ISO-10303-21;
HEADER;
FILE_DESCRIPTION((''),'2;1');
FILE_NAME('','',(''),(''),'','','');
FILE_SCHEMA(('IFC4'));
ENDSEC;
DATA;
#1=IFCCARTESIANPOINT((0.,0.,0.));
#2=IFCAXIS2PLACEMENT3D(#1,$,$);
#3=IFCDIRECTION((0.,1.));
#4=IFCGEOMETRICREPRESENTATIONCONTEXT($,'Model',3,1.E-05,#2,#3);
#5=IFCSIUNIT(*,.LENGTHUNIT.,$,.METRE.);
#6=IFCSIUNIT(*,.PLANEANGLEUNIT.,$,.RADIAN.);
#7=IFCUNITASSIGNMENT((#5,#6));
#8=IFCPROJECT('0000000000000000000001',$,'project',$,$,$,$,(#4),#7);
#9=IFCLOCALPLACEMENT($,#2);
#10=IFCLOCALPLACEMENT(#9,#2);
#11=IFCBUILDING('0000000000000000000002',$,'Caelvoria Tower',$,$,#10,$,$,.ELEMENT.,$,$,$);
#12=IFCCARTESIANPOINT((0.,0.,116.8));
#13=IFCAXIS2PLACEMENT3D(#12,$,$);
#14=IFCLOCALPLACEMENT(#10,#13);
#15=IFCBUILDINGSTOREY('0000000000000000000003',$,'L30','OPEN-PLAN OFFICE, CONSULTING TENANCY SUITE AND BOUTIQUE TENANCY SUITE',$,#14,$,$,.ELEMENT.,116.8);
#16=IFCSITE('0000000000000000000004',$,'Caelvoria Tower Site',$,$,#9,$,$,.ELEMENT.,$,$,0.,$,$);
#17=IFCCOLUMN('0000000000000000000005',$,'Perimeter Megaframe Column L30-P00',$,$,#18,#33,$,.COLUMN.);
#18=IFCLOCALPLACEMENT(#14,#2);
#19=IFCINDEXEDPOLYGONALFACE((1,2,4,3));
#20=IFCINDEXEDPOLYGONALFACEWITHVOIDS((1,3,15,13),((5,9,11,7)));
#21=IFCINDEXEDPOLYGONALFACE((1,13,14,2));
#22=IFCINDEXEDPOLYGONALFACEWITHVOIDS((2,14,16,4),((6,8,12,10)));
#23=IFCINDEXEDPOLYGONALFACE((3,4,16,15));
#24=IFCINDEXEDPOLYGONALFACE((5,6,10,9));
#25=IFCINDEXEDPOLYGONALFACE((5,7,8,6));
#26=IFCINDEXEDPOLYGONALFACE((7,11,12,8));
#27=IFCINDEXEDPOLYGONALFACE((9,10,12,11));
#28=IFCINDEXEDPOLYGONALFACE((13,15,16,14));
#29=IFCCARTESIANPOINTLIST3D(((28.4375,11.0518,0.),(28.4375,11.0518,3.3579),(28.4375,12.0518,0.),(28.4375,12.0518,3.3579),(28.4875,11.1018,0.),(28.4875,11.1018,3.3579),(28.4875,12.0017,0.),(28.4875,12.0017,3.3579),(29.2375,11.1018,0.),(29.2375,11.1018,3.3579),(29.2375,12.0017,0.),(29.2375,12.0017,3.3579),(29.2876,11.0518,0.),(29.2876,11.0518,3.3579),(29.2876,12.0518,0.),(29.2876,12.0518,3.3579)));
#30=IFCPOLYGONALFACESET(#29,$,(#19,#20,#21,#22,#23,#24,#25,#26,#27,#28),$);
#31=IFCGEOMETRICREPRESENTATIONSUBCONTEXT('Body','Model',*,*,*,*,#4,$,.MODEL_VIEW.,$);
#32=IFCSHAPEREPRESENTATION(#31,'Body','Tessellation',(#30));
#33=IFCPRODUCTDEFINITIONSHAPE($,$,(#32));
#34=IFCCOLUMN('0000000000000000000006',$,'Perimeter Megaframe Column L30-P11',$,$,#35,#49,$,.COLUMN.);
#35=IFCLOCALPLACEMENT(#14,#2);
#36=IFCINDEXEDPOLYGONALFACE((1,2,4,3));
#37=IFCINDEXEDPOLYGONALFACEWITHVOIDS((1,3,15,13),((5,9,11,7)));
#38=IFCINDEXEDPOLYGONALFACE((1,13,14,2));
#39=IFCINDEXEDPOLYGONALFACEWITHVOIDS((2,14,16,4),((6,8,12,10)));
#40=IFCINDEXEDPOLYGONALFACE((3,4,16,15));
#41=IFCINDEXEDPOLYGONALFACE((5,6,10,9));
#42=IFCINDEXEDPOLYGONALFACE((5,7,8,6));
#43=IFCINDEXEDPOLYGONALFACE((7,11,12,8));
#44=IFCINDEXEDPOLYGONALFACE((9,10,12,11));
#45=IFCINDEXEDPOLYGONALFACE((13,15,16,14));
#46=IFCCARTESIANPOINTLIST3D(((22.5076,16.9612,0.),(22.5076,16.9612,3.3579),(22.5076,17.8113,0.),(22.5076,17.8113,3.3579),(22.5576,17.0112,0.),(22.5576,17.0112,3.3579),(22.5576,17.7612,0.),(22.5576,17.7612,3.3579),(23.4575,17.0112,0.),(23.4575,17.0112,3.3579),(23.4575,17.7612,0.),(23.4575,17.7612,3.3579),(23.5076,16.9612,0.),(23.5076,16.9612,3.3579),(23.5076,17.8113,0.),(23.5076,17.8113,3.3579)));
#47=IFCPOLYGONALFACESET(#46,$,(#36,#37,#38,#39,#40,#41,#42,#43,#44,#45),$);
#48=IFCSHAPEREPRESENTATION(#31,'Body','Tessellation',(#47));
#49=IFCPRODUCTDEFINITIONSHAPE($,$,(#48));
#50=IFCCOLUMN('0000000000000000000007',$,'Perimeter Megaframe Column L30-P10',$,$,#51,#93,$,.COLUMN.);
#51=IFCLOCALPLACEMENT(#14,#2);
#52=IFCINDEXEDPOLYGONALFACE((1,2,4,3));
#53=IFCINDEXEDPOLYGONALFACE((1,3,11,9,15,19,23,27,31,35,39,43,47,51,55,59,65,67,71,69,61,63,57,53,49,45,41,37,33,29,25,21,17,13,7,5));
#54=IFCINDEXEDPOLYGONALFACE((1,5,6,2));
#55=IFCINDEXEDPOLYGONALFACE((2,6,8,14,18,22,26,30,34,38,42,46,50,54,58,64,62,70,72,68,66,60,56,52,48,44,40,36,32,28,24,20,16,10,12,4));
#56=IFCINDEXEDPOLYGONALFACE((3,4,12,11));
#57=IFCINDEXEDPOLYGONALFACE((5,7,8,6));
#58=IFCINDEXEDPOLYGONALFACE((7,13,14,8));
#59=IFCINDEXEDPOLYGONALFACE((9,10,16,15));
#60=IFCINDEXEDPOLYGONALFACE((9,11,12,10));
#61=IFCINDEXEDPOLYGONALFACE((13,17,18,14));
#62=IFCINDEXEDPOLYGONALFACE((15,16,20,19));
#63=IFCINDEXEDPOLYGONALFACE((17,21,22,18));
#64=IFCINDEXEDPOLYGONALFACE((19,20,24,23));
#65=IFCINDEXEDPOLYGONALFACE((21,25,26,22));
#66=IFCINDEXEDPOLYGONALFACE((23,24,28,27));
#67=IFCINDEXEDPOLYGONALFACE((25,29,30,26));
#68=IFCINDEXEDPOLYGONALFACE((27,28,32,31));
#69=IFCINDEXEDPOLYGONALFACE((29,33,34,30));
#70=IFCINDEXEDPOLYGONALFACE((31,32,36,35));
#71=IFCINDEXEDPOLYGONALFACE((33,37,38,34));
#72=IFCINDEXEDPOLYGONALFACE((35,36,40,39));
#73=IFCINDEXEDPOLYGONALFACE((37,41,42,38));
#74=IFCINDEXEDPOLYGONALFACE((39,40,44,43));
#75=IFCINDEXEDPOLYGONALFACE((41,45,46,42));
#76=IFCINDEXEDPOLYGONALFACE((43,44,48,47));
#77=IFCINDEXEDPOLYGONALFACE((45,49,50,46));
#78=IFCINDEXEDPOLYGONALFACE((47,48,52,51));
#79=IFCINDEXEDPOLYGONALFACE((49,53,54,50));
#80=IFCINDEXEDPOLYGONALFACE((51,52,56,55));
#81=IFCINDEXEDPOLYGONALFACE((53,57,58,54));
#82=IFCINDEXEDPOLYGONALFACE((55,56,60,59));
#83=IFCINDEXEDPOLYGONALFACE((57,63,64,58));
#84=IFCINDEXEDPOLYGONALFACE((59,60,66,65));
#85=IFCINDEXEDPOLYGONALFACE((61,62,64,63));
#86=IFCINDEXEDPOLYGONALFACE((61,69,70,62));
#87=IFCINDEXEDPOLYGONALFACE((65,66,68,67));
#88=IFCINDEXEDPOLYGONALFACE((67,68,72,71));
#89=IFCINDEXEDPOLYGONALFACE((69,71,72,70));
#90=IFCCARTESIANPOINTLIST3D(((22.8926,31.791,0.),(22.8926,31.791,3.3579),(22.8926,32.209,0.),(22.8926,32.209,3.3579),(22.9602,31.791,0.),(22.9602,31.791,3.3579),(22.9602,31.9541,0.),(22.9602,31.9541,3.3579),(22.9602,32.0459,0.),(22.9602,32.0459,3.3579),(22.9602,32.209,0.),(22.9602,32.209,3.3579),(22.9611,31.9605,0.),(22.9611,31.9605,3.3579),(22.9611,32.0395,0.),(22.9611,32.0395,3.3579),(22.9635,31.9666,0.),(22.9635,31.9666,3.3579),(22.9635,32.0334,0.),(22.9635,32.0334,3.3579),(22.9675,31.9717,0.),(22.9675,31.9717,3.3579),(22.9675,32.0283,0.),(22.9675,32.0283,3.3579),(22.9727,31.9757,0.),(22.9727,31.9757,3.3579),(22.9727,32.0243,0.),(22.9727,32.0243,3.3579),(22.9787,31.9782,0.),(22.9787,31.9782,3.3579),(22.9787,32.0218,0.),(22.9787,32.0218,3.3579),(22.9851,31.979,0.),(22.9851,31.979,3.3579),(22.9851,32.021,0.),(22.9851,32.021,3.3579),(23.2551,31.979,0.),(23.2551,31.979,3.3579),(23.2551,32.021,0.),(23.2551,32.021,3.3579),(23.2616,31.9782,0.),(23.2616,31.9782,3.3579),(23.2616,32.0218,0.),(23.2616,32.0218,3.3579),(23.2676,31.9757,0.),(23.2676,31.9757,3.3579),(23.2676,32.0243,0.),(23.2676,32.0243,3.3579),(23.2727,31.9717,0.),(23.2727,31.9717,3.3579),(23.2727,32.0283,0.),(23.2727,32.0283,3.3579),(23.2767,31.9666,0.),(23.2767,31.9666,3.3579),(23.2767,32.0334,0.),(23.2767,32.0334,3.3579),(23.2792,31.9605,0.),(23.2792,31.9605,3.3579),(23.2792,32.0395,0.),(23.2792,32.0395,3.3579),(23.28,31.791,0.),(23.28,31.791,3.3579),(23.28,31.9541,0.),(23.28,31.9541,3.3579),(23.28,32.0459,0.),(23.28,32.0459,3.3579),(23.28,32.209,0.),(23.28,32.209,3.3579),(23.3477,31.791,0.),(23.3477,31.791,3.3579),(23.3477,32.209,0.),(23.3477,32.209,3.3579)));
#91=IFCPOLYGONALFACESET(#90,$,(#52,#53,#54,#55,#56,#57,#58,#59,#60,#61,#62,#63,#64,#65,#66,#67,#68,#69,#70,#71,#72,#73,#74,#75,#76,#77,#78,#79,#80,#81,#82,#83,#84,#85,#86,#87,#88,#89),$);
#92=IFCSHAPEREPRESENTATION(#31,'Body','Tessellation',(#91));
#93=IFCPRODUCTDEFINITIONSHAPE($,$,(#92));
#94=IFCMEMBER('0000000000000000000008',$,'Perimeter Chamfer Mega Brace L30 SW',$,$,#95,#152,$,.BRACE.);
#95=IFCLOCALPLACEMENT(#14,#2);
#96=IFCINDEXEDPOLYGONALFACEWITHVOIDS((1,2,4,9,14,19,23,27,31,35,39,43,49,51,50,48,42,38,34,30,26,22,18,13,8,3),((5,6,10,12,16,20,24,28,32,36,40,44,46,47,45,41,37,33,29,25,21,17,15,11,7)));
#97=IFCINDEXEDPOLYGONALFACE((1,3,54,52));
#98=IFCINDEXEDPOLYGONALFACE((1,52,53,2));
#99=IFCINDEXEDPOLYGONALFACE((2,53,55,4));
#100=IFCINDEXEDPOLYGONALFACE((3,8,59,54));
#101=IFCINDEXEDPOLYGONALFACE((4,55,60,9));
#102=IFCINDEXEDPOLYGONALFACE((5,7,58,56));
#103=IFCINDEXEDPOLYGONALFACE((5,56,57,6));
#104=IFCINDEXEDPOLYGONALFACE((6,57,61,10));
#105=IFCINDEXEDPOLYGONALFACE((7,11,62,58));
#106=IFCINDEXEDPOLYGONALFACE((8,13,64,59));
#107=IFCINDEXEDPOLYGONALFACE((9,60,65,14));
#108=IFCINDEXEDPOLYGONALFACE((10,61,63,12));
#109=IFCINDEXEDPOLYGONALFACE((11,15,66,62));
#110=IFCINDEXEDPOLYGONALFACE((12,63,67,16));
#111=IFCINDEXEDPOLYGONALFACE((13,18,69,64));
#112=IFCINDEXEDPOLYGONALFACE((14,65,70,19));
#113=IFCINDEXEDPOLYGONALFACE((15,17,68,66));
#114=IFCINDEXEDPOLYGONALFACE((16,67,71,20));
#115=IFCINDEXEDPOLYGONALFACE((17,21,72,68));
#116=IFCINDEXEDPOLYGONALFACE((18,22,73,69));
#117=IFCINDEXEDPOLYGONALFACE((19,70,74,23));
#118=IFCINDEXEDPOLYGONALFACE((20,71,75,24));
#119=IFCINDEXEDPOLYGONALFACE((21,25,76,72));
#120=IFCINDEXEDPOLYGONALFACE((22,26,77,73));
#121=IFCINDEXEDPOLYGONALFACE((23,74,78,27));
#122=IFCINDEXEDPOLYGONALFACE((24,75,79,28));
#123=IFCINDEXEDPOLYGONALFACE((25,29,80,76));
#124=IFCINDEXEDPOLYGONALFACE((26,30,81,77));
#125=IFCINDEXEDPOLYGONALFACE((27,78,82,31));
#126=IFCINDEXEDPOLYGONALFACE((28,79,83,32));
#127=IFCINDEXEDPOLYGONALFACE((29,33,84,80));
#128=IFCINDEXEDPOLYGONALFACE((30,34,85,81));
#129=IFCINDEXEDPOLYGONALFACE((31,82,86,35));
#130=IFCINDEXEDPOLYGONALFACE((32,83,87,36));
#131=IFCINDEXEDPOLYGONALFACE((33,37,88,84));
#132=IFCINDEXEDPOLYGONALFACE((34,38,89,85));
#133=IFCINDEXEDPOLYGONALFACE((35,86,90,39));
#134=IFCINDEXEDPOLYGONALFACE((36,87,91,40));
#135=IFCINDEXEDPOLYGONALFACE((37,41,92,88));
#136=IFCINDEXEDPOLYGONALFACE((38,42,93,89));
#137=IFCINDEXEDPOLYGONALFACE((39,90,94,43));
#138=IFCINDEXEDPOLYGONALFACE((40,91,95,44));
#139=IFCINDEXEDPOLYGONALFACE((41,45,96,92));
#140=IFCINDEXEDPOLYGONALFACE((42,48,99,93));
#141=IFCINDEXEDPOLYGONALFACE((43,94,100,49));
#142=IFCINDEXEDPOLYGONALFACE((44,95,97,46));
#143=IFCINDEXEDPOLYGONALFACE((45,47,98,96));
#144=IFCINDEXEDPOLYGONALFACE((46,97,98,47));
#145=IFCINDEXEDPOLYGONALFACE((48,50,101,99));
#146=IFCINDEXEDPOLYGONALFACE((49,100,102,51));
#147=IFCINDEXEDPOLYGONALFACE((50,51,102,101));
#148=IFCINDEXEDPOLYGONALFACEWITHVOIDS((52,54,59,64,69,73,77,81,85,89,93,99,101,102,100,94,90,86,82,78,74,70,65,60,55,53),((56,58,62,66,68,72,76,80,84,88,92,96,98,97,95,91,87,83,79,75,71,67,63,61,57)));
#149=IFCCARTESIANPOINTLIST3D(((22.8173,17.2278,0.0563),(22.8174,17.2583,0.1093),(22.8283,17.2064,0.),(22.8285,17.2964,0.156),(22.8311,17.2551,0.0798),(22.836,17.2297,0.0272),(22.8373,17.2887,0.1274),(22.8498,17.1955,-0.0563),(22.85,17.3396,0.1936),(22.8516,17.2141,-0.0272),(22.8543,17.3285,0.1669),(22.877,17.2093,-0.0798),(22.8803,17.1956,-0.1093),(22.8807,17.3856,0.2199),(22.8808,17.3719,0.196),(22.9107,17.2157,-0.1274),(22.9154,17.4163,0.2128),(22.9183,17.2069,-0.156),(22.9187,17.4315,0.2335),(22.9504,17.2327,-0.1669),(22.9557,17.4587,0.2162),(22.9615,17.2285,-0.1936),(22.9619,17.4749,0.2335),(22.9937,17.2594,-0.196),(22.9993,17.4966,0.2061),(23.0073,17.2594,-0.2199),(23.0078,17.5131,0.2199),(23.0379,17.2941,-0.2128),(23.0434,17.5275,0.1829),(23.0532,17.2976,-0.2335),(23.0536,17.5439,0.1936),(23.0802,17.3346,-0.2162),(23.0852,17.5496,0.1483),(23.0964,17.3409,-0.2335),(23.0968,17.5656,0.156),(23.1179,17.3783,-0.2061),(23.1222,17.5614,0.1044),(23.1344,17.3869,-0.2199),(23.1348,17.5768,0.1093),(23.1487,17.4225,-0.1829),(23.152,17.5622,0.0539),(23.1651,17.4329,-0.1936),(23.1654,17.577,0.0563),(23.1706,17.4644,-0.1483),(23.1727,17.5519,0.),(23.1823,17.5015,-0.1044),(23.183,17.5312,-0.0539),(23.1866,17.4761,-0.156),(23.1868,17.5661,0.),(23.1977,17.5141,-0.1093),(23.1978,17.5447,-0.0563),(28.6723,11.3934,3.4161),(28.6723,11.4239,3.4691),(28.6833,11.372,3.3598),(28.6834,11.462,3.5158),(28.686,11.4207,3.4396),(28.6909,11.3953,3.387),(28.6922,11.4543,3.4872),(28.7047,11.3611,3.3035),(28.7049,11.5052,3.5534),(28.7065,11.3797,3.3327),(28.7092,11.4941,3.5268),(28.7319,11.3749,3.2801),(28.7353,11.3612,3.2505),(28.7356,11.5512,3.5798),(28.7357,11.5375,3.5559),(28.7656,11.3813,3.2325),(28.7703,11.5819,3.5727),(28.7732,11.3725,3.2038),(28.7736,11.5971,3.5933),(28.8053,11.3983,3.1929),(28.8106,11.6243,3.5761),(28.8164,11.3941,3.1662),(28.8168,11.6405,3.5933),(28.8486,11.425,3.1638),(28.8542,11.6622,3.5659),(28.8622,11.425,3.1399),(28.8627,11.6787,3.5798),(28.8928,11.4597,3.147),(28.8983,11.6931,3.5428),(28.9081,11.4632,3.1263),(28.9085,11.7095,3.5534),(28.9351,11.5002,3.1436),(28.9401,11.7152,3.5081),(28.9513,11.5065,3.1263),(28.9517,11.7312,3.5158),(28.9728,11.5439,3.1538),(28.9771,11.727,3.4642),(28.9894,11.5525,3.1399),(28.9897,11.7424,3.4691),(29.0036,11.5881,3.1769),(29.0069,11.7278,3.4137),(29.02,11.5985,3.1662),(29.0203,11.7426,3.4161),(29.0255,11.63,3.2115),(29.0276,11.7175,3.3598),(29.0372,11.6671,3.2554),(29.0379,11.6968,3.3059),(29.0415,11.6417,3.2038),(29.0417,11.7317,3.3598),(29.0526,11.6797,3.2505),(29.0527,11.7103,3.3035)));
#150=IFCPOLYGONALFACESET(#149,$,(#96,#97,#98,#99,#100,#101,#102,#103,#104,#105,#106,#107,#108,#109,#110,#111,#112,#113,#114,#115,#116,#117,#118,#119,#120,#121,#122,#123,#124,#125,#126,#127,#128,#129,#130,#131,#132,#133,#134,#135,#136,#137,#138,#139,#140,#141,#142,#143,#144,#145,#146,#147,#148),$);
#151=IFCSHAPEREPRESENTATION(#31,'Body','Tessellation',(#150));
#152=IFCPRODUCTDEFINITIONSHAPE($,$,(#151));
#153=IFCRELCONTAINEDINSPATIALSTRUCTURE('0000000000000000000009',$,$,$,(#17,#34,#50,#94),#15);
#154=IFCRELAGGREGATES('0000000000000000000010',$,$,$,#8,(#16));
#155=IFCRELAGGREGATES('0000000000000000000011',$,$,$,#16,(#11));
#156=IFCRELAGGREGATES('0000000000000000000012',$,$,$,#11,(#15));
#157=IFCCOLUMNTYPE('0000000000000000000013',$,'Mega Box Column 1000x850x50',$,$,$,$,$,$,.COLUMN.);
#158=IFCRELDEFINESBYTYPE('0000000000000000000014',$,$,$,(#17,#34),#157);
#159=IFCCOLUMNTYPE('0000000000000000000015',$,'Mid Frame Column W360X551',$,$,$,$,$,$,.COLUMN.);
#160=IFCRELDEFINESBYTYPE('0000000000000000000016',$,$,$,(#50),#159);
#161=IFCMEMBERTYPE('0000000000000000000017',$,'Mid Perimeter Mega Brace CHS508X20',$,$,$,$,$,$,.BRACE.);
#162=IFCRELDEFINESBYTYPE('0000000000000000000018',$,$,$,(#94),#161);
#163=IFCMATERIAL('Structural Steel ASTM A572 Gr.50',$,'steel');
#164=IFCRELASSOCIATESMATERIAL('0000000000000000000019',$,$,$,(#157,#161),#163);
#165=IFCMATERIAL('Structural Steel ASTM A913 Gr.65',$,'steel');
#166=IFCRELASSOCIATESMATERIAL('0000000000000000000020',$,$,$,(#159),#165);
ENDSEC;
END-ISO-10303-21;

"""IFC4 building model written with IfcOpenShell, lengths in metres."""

from ifc_helpers import new_model, si_unit, direction, frame, origin, origin_2d, place, context, subcontext, project, spatial, hollow_rectangle, hollow_circle, i_section, extrude, material, material_profile, profile_set, type_object, element, save


model = new_model("IFC4")

# Units and contexts
model_context = context("Model", 3, precision=1e-05, world=origin(), true_north=direction((0.0, 1.0)))
body_context = subcontext(model_context, "Body", "Model", "MODEL_VIEW")
ifc_project = project(units=[si_unit("LENGTHUNIT", "METRE"), si_unit("PLANEANGLEUNIT", "RADIAN")], contexts=[model_context])

# Site, building, storey
site_placement = place(None, origin())
site = spatial("IfcSite", under=ifc_project, at=site_placement, Name="Caelvoria Tower Site", CompositionType="ELEMENT", RefElevation=0.0)
building_placement = place(site_placement, origin())
building = spatial("IfcBuilding", under=site, at=building_placement, Name="Caelvoria Tower", CompositionType="ELEMENT")
storey_placement = place(building_placement, frame((0.0, 0.0, 116.8)))
storey = spatial("IfcBuildingStorey", under=building, at=storey_placement, Name="L30", Description="OPEN-PLAN OFFICE, CONSULTING TENANCY SUITE AND BOUTIQUE TENANCY SUITE", CompositionType="ELEMENT", Elevation=116.8)

# Columns
ifc_material_1 = material(Name="Structural Steel ASTM A572 Gr.50", Category="steel")
ifc_material_profile_1 = material_profile(ifc_material_1, hollow_rectangle(XDim=0.8501, YDim=1.0, WallThickness=0.05, at=origin_2d()), Name="Structural Steel ASTM A572 Gr.50")
ifc_profile_set_1 = profile_set([ifc_material_profile_1], Name="BOX1000X850X50 - Structural Steel ASTM A572 Gr.50")
column_type_1 = type_object("IfcColumnType", Name="Mega Box Column 1000x850x50", PredefinedType="COLUMN", material=ifc_profile_set_1)
for number, where, z_axis, x_axis, name in (
    (1, (28.8625, 11.5518, 0.0), (0.0, 0.0, 1.0), (1.0, 0.0, 0.0), "Perimeter Megaframe Column L30-P00"),
    (2, (23.0076, 17.3862, 0.0), (0.0, 0.0, 1.0), (0.0, 1.0, 0.0), "Perimeter Megaframe Column L30-P11"),
):
    element("IfcColumn", number, at=place(storey_placement, frame(where, z_axis=z_axis, x_axis=x_axis)), inside=storey, type_object=column_type_1, Name=name, PredefinedType="COLUMN", context=body_context, shape_type="SweptSolid", body=[
        extrude(hollow_rectangle(XDim=0.8501, YDim=1.0, WallThickness=0.05, at=origin_2d()), origin(), (0.0, 0.0, 1.0), 3.3579),
    ])
ifc_material_2 = material(Name="Structural Steel ASTM A913 Gr.65", Category="steel")
ifc_material_profile_2 = material_profile(ifc_material_2, i_section(OverallWidth=0.418, OverallDepth=0.4551, WebThickness=0.042, FlangeThickness=0.0676, FilletRadius=0.0249, at=origin_2d()), Name="Structural Steel ASTM A913 Gr.65")
ifc_profile_set_2 = profile_set([ifc_material_profile_2], Name="W360X551 - Structural Steel ASTM A913 Gr.65")
column_type_2 = type_object("IfcColumnType", Name="Mid Frame Column W360X551", PredefinedType="COLUMN", material=ifc_profile_set_2)
column_placement = place(storey_placement, frame((23.1201, 32.0, 0.0), z_axis=(0.0, 0.0, 1.0), x_axis=(0.0, 1.0, 0.0)))
element("IfcColumn", 3, at=column_placement, inside=storey, type_object=column_type_2, Name="Perimeter Megaframe Column L30-P10", PredefinedType="COLUMN", context=body_context, shape_type="SweptSolid", body=[
    extrude(i_section(OverallWidth=0.418, OverallDepth=0.4551, WebThickness=0.042, FlangeThickness=0.0676, FilletRadius=0.0249, at=origin_2d()), origin(), (0.0, 0.0, 1.0), 3.3579),
])

# Member
ifc_material_profile_3 = material_profile(ifc_material_1, hollow_circle(Radius=0.2539, WallThickness=0.02, at=origin_2d()), Name="Structural Steel ASTM A572 Gr.50")
ifc_profile_set_3 = profile_set([ifc_material_profile_3], Name="CHS508X20 - Structural Steel ASTM A572 Gr.50")
member_type = type_object("IfcMemberType", Name="Mid Perimeter Mega Brace CHS508X20", PredefinedType="BRACE", material=ifc_profile_set_3)
member_1_placement = place(storey_placement, frame((23.0076, 17.3862, 0.0), z_axis=(0.656206, -0.653907, 0.376562), x_axis=(0.705865, 0.708346, 0.0)))
element("IfcMember", 4, at=member_1_placement, inside=storey, type_object=member_type, Name="Perimeter Chamfer Mega Brace L30 SW", PredefinedType="BRACE", context=body_context, shape_type="SweptSolid", body=[
    extrude(hollow_circle(Radius=0.2539, WallThickness=0.02, at=origin_2d()), origin(), (0.0, 0.0, 1.0), 8.9224),
])

save(model, "model.ifc")
